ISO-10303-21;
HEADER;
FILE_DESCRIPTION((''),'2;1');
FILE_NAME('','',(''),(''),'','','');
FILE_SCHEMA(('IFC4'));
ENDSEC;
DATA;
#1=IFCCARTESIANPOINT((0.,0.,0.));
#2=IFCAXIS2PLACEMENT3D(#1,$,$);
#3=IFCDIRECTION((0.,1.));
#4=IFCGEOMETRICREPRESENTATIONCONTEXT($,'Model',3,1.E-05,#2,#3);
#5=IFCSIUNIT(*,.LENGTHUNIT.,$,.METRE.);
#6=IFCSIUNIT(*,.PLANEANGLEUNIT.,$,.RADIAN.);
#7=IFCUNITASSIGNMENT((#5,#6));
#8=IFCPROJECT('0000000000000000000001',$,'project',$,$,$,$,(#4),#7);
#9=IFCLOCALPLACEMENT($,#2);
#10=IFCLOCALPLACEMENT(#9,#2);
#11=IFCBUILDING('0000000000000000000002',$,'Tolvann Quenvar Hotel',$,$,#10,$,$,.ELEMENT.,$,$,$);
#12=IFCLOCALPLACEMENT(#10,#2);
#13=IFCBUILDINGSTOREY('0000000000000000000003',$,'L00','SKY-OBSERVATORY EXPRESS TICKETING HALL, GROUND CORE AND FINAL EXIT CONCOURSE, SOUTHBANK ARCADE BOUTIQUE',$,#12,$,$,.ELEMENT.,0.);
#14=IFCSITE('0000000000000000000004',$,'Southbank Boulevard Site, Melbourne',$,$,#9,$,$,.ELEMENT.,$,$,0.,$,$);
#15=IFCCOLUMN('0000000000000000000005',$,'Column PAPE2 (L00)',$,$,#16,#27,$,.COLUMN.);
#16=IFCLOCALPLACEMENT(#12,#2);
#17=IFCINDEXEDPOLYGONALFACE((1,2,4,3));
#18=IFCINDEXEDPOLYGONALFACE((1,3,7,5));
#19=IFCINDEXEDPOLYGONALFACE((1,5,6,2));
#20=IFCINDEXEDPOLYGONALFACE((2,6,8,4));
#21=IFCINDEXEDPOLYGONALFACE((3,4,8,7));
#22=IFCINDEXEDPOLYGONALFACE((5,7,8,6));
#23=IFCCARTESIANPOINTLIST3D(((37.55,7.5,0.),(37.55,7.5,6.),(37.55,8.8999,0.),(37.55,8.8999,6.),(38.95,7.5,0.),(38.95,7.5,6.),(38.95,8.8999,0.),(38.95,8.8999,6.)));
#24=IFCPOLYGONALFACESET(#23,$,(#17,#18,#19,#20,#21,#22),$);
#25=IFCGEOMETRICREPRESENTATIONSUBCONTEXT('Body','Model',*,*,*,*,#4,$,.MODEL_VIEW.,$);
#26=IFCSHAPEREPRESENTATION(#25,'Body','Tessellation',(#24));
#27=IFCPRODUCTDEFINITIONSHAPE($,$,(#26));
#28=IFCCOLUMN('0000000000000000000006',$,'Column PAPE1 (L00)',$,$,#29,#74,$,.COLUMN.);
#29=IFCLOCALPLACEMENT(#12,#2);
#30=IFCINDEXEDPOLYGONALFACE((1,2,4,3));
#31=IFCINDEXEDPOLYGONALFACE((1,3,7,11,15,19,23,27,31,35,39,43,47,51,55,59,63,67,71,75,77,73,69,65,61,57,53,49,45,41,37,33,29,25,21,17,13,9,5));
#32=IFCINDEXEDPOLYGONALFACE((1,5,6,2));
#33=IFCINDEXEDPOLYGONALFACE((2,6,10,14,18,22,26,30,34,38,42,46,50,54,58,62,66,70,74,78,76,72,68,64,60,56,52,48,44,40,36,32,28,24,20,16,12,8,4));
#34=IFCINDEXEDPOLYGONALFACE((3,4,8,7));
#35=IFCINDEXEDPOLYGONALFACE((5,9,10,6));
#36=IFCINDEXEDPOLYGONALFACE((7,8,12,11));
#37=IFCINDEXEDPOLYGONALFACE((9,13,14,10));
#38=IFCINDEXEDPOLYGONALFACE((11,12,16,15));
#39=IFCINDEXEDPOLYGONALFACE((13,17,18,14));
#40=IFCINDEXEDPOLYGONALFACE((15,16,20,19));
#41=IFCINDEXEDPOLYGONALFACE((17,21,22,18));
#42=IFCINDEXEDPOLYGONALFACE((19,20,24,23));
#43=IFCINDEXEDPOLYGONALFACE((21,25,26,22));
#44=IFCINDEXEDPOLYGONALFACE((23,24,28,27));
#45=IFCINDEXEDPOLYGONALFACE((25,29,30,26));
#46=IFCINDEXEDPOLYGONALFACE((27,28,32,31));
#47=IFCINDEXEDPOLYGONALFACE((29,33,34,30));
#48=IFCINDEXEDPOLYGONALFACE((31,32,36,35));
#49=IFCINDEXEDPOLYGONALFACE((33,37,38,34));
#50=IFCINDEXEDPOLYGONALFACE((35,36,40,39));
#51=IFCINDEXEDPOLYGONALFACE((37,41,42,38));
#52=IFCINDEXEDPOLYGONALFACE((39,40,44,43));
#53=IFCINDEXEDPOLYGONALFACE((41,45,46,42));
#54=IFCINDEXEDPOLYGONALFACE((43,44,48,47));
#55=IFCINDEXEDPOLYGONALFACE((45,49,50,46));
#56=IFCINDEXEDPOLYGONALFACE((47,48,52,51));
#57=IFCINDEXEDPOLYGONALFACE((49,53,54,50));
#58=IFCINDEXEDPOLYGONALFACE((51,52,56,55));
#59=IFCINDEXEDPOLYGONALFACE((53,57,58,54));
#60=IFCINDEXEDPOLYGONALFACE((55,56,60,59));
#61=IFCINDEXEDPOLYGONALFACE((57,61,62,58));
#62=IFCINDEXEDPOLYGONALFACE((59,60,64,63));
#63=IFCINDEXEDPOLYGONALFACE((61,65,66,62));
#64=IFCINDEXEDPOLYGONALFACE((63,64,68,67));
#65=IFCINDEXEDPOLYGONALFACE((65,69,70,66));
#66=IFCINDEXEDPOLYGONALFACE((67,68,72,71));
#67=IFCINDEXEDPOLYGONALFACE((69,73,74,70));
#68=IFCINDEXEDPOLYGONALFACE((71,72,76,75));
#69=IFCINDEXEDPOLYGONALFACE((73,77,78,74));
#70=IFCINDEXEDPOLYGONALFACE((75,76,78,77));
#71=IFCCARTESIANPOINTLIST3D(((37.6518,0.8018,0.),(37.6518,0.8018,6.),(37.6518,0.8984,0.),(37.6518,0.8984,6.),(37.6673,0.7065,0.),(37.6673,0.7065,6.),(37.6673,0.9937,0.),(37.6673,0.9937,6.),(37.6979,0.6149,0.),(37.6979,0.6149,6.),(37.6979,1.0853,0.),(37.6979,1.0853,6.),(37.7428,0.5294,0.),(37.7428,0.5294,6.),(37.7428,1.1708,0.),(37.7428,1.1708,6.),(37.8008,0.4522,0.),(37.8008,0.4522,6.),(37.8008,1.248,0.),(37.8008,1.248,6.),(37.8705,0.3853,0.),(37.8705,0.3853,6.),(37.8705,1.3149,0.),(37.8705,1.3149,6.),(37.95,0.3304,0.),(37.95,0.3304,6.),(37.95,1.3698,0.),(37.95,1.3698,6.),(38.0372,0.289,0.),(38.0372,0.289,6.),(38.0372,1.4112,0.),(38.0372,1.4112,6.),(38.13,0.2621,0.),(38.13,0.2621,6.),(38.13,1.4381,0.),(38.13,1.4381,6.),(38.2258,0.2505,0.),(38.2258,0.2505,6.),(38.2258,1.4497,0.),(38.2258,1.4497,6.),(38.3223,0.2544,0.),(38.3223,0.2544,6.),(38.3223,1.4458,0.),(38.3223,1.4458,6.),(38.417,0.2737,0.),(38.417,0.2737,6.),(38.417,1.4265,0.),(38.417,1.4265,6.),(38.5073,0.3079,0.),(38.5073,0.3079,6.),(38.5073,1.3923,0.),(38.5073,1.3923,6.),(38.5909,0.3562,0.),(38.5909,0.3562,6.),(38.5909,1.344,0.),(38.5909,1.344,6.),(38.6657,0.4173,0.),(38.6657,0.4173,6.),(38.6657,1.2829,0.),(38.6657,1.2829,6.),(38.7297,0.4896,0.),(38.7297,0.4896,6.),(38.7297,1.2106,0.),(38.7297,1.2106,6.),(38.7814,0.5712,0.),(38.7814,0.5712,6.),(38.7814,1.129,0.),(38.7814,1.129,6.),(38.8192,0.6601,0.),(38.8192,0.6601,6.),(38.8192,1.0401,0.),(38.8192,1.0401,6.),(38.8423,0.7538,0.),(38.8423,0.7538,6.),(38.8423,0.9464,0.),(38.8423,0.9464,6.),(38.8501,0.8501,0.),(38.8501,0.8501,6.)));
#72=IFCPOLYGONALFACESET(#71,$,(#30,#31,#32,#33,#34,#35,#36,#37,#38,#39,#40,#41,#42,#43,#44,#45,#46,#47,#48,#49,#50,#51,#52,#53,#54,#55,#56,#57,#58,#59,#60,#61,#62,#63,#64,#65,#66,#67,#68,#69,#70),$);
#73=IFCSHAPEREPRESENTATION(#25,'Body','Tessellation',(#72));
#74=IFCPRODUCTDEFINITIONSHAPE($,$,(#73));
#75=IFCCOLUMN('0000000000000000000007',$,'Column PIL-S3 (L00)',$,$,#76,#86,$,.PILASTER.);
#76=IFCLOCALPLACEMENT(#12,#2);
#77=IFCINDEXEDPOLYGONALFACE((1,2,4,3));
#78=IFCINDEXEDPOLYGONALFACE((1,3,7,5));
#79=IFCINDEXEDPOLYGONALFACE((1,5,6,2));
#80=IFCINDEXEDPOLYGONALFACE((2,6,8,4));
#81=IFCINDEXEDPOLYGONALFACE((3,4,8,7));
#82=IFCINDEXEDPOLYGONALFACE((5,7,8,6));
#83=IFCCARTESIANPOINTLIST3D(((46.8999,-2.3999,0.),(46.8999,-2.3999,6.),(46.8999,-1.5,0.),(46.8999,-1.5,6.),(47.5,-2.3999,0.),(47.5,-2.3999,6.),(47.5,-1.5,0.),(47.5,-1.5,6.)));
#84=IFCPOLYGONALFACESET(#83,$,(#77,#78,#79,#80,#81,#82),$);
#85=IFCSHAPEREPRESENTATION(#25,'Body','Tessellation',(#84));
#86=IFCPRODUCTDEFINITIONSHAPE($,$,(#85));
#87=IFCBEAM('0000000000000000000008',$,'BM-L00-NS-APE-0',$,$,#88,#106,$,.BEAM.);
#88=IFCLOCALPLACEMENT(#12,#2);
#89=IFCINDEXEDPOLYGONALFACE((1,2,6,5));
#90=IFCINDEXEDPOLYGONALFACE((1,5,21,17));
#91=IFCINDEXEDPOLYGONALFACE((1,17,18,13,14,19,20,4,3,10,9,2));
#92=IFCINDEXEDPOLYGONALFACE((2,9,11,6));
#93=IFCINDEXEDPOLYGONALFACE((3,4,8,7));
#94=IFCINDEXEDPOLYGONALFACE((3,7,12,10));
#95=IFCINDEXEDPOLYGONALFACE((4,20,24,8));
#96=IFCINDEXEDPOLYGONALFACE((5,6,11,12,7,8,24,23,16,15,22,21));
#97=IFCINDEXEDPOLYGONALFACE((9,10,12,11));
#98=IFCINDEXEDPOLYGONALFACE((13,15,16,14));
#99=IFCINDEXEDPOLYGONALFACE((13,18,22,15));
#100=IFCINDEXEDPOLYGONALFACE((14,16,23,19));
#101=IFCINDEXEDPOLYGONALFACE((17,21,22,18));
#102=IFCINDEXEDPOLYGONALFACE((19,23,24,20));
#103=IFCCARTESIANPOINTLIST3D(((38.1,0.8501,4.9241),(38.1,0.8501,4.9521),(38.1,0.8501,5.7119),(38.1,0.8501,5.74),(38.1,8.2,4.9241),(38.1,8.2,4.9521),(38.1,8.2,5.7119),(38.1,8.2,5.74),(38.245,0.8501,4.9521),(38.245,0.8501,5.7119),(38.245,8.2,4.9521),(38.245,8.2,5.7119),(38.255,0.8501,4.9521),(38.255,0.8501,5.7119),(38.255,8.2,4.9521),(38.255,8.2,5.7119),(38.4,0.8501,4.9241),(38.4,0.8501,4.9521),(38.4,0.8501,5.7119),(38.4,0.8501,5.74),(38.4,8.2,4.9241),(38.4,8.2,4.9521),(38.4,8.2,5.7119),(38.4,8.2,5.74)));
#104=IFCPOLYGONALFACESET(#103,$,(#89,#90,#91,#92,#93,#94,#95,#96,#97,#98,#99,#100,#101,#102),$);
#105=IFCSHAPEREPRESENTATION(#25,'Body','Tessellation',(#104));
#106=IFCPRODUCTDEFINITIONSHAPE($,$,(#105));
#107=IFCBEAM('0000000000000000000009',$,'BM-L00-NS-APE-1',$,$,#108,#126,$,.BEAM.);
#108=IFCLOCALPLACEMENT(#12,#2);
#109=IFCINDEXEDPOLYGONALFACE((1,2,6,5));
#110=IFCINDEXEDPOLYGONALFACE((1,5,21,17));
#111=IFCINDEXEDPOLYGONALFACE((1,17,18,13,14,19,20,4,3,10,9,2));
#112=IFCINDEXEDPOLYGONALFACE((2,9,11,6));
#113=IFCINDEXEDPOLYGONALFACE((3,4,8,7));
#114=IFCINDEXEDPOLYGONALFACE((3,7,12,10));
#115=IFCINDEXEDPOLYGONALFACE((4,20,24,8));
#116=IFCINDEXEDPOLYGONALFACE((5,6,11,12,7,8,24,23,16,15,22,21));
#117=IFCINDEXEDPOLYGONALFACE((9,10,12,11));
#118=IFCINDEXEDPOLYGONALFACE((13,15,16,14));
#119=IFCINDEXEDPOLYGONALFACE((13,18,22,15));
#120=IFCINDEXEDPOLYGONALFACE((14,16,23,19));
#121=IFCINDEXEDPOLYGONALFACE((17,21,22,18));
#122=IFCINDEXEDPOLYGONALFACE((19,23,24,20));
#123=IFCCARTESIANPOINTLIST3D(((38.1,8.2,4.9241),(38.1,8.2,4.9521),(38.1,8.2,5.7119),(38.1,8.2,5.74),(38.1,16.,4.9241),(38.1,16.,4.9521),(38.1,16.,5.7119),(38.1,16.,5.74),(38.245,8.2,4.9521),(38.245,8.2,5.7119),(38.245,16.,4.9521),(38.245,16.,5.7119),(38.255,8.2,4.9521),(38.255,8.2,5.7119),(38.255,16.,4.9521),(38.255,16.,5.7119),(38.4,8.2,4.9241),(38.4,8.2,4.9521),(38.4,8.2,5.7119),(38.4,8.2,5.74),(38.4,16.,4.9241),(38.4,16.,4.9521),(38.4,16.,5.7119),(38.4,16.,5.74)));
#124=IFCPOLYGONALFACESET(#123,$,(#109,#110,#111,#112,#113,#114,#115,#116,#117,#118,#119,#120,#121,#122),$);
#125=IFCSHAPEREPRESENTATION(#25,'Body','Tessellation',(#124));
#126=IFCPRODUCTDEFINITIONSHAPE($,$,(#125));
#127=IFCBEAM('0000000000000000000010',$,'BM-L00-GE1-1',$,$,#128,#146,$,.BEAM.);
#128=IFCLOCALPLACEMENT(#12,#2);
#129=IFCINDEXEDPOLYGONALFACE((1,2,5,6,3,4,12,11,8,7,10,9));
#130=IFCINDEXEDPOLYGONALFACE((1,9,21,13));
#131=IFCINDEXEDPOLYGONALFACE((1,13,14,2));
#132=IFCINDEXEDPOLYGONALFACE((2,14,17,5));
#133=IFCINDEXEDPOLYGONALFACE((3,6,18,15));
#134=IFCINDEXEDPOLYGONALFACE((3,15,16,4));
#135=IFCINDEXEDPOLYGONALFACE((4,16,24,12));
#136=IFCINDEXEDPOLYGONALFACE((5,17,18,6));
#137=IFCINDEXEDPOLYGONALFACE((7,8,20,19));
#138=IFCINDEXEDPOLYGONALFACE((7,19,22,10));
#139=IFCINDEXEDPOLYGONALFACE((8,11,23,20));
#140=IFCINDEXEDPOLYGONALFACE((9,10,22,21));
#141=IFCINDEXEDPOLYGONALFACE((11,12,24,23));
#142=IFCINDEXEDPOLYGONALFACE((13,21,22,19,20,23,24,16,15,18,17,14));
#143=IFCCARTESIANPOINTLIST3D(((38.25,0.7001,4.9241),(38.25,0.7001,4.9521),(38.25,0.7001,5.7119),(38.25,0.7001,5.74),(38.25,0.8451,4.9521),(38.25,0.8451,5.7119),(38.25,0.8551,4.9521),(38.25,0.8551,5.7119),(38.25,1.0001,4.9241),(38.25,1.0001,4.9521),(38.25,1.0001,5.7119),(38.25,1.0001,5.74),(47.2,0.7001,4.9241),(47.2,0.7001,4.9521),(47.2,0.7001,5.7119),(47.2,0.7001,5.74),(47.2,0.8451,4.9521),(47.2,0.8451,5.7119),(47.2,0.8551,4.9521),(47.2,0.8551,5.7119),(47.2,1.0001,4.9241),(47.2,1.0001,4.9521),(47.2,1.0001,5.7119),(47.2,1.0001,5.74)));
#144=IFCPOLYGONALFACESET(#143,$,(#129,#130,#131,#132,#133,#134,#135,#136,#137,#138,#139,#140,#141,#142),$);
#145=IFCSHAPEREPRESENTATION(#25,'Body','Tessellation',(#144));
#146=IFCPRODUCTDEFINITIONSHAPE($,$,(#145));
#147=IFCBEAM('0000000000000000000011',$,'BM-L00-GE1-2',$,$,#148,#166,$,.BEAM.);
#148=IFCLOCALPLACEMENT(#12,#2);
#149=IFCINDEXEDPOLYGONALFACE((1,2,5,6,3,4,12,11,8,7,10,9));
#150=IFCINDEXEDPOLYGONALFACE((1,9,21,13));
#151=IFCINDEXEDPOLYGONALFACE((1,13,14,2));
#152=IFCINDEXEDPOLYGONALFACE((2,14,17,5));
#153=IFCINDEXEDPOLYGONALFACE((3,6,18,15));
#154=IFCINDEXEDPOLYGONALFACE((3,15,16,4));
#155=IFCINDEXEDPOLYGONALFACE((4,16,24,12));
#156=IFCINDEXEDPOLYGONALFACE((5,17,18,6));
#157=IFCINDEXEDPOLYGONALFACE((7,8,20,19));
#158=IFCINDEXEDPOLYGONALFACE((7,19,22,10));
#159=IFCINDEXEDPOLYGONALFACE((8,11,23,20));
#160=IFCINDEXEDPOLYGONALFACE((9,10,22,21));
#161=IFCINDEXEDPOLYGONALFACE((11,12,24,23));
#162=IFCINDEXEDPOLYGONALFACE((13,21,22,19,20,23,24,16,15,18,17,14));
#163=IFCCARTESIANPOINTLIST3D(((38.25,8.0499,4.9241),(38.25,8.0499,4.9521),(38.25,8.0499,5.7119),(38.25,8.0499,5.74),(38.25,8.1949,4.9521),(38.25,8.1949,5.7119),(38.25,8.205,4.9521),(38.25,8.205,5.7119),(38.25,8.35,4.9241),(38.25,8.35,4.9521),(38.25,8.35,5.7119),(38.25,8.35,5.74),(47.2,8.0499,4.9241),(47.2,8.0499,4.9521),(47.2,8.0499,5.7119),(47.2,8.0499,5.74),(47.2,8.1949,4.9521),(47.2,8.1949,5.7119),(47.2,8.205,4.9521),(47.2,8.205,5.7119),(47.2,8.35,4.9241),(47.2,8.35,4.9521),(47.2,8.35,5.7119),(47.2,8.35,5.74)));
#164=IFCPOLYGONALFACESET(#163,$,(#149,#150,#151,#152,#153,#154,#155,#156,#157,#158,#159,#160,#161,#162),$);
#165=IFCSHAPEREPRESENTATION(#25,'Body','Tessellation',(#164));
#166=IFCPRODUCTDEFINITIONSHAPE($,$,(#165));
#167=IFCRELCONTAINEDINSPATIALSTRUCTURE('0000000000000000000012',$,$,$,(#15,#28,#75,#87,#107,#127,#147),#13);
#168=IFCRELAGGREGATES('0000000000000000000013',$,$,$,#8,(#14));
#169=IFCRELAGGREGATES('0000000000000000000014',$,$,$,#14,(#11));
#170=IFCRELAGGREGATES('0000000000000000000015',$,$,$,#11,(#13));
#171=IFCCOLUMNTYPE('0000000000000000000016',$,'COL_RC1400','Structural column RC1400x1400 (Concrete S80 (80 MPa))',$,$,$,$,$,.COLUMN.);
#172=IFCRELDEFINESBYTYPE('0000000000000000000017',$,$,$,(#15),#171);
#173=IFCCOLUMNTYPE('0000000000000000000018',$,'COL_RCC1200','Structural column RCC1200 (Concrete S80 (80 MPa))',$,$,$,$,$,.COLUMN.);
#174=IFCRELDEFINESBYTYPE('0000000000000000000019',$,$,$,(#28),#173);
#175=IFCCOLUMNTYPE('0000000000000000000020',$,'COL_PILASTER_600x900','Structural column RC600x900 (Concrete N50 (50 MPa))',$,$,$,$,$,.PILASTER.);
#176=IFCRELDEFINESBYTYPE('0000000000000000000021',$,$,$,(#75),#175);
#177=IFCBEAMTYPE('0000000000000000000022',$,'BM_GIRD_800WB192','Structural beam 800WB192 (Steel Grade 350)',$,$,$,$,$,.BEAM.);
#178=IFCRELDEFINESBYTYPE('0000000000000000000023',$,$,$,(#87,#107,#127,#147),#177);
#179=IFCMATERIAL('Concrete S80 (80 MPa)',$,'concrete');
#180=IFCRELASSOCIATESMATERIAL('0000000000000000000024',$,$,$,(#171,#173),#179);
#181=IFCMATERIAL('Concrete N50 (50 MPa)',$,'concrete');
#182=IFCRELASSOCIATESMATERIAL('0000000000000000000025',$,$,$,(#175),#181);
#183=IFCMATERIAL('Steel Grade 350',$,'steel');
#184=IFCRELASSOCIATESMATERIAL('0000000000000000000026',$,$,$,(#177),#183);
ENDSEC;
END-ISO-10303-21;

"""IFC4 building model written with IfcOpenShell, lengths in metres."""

from ifc_helpers import new_model, si_unit, direction, frame, origin, origin_2d, place, context, subcontext, project, spatial, rectangle, circle, i_section, extrude, source, transform, mapped, material, material_profile, profile_set, type_object, type_shapes, element, save


model = new_model("IFC4")

# Units and contexts
model_context = context("Model", 3, precision=1e-05, world=origin(), true_north=direction((0.0, 1.0)))
body_context = subcontext(model_context, "Body", "Model", "MODEL_VIEW")
ifc_project = project(units=[si_unit("LENGTHUNIT", "METRE"), si_unit("PLANEANGLEUNIT", "RADIAN")], contexts=[model_context])

# Site, building, storey
site_placement = place(None, origin())
site = spatial("IfcSite", under=ifc_project, at=site_placement, Name="Southbank Boulevard Site, Melbourne", CompositionType="ELEMENT", RefElevation=0.0)
building_placement = place(site_placement, origin())
building = spatial("IfcBuilding", under=site, at=building_placement, Name="Tolvann Quenvar Hotel", CompositionType="ELEMENT")
storey_placement = place(building_placement, origin())
storey = spatial("IfcBuildingStorey", under=building, at=storey_placement, Name="L00", Description="SKY-OBSERVATORY EXPRESS TICKETING HALL, GROUND CORE AND FINAL EXIT CONCOURSE, SOUTHBANK ARCADE BOUTIQUE", CompositionType="ELEMENT", Elevation=0.0)

# Columns
ifc_material_1 = material(Name="Concrete S80 (80 MPa)", Category="concrete")
ifc_material_profile_1 = material_profile(ifc_material_1, rectangle(XDim=1.3999, YDim=1.3999, at=origin_2d()), Name="RC1400x1400")
ifc_profile_set_1 = profile_set([ifc_material_profile_1], Name="Concrete S80 (80 MPa)")
column_type_1 = type_object("IfcColumnType", Name="COL_RC1400", Description="Structural column RC1400x1400 (Concrete S80 (80 MPa))", PredefinedType="COLUMN", material=ifc_profile_set_1)
shared_shape_1 = source(origin(), body_context, "Body", "SweptSolid", [
    extrude(rectangle(XDim=1.3999, YDim=1.3999, at=origin_2d()), origin(), (0.0, 0.0, 1.0), 6.0),
])
type_shapes(column_type_1, [shared_shape_1])
column_1_placement = place(storey_placement, frame((38.25, 8.2, 0.0), z_axis=(0.0, 0.0, 1.0), x_axis=(1.0, 0.0, 0.0)))
element("IfcColumn", 1, at=column_1_placement, inside=storey, type_object=column_type_1, Name="Column PAPE2 (L00)", PredefinedType="COLUMN", context=body_context, shape_type="MappedRepresentation", body=[
    mapped(shared_shape_1, transform((0.0, 0.0, 0.0), x_axis=(1.0, 0.0, 0.0), y_axis=(0.0, 1.0, 0.0), z_axis=(0.0, 0.0, 1.0), scale=1.0)),
])
ifc_material_profile_2 = material_profile(ifc_material_1, circle(Radius=0.6001, at=origin_2d()), Name="RCC1200")
ifc_profile_set_2 = profile_set([ifc_material_profile_2], Name="Concrete S80 (80 MPa)")
column_type_2 = type_object("IfcColumnType", Name="COL_RCC1200", Description="Structural column RCC1200 (Concrete S80 (80 MPa))", PredefinedType="COLUMN", material=ifc_profile_set_2)
shared_shape_2 = source(origin(), body_context, "Body", "SweptSolid", [
    extrude(circle(Radius=0.6001, at=origin_2d()), origin(), (0.0, 0.0, 1.0), 6.0),
])
type_shapes(column_type_2, [shared_shape_2])
column_2_placement = place(storey_placement, frame((38.25, 0.8501, 0.0), z_axis=(0.0, 0.0, 1.0), x_axis=(1.0, 0.0, 0.0)))
element("IfcColumn", 2, at=column_2_placement, inside=storey, type_object=column_type_2, Name="Column PAPE1 (L00)", PredefinedType="COLUMN", context=body_context, shape_type="MappedRepresentation", body=[
    mapped(shared_shape_2, transform((0.0, 0.0, 0.0), x_axis=(1.0, 0.0, 0.0), y_axis=(0.0, 1.0, 0.0), z_axis=(0.0, 0.0, 1.0), scale=1.0)),
])
ifc_material_2 = material(Name="Concrete N50 (50 MPa)", Category="concrete")
ifc_material_profile_3 = material_profile(ifc_material_2, rectangle(XDim=0.6001, YDim=0.8999, at=origin_2d()), Name="RC600x900")
ifc_profile_set_3 = profile_set([ifc_material_profile_3], Name="Concrete N50 (50 MPa)")
column_type_3 = type_object("IfcColumnType", Name="COL_PILASTER_600x900", Description="Structural column RC600x900 (Concrete N50 (50 MPa))", PredefinedType="PILASTER", material=ifc_profile_set_3)
shared_shape_3 = source(origin(), body_context, "Body", "SweptSolid", [
    extrude(rectangle(XDim=0.6001, YDim=0.8999, at=origin_2d()), origin(), (0.0, 0.0, 1.0), 6.0),
])
type_shapes(column_type_3, [shared_shape_3])
column_3_placement = place(storey_placement, frame((47.2, -1.95, 0.0), z_axis=(0.0, 0.0, 1.0), x_axis=(1.0, 0.0, 0.0)))
element("IfcColumn", 3, at=column_3_placement, inside=storey, type_object=column_type_3, Name="Column PIL-S3 (L00)", PredefinedType="PILASTER", context=body_context, shape_type="MappedRepresentation", body=[
    mapped(shared_shape_3, transform((0.0, 0.0, 0.0), x_axis=(1.0, 0.0, 0.0), y_axis=(0.0, 1.0, 0.0), z_axis=(0.0, 0.0, 1.0), scale=1.0)),
])

# Beams
ifc_material_3 = material(Name="Steel Grade 350", Category="steel")
ifc_material_profile_4 = material_profile(ifc_material_3, i_section(OverallWidth=0.3, OverallDepth=0.8159, WebThickness=0.01, FlangeThickness=0.0281, at=origin_2d()), Name="800WB192")
ifc_profile_set_4 = profile_set([ifc_material_profile_4], Name="Steel Grade 350")
beam_type_1 = type_object("IfcBeamType", Name="BM_GIRD_800WB192", Description="Structural beam 800WB192 (Steel Grade 350)", PredefinedType="BEAM", material=ifc_profile_set_4)
shared_shape_4 = source(origin(), body_context, "Body", "SweptSolid", [
    extrude(i_section(OverallWidth=0.3, OverallDepth=0.8159, WebThickness=0.01, FlangeThickness=0.0281, at=origin_2d()), origin(), (0.0, 0.0, 1.0), 7.3499),
])
beam_1_placement = place(storey_placement, frame((38.25, 0.8501, 5.332), z_axis=(0.0, 1.0, 0.0), x_axis=(-1.0, 0.0, 0.0)))
element("IfcBeam", 4, at=beam_1_placement, inside=storey, type_object=beam_type_1, Name="BM-L00-NS-APE-0", PredefinedType="BEAM", context=body_context, shape_type="MappedRepresentation", body=[
    mapped(shared_shape_4, transform((0.0, 0.0, 0.0), x_axis=(1.0, 0.0, 0.0), y_axis=(0.0, 1.0, 0.0), z_axis=(0.0, 0.0, 1.0), scale=1.0)),
])
shared_shape_5 = source(origin(), body_context, "Body", "SweptSolid", [
    extrude(i_section(OverallWidth=0.3, OverallDepth=0.8159, WebThickness=0.01, FlangeThickness=0.0281, at=origin_2d()), origin(), (0.0, 0.0, 1.0), 7.8),
])
beam_2_placement = place(storey_placement, frame((38.25, 8.2, 5.332), z_axis=(0.0, 1.0, 0.0), x_axis=(-1.0, 0.0, 0.0)))
element("IfcBeam", 5, at=beam_2_placement, inside=storey, type_object=beam_type_1, Name="BM-L00-NS-APE-1", PredefinedType="BEAM", context=body_context, shape_type="MappedRepresentation", body=[
    mapped(shared_shape_5, transform((0.0, 0.0, 0.0), x_axis=(1.0, 0.0, 0.0), y_axis=(0.0, 1.0, 0.0), z_axis=(0.0, 0.0, 1.0), scale=1.0)),
])
shared_shape_6 = source(origin(), body_context, "Body", "SweptSolid", [
    extrude(i_section(OverallWidth=0.3, OverallDepth=0.8159, WebThickness=0.01, FlangeThickness=0.0281, at=origin_2d()), origin(), (0.0, 0.0, 1.0), 8.95),
])
type_shapes(beam_type_1, [shared_shape_4, shared_shape_5, shared_shape_6])
for number, where, z_axis, x_axis, name in (
    (6, (38.25, 0.8501, 5.332), (1.0, 0.0, 0.0), (0.0, 1.0, 0.0), "BM-L00-GE1-1"),
    (7, (38.25, 8.2, 5.332), (1.0, 0.0, 0.0), (0.0, 1.0, 0.0), "BM-L00-GE1-2"),
):
    element("IfcBeam", number, at=place(storey_placement, frame(where, z_axis=z_axis, x_axis=x_axis)), inside=storey, type_object=beam_type_1, Name=name, PredefinedType="BEAM", context=body_context, shape_type="MappedRepresentation", body=[
        mapped(shared_shape_6, transform((0.0, 0.0, 0.0), x_axis=(1.0, 0.0, 0.0), y_axis=(0.0, 1.0, 0.0), z_axis=(0.0, 0.0, 1.0), scale=1.0)),
    ])

save(model, "model.ifc")
